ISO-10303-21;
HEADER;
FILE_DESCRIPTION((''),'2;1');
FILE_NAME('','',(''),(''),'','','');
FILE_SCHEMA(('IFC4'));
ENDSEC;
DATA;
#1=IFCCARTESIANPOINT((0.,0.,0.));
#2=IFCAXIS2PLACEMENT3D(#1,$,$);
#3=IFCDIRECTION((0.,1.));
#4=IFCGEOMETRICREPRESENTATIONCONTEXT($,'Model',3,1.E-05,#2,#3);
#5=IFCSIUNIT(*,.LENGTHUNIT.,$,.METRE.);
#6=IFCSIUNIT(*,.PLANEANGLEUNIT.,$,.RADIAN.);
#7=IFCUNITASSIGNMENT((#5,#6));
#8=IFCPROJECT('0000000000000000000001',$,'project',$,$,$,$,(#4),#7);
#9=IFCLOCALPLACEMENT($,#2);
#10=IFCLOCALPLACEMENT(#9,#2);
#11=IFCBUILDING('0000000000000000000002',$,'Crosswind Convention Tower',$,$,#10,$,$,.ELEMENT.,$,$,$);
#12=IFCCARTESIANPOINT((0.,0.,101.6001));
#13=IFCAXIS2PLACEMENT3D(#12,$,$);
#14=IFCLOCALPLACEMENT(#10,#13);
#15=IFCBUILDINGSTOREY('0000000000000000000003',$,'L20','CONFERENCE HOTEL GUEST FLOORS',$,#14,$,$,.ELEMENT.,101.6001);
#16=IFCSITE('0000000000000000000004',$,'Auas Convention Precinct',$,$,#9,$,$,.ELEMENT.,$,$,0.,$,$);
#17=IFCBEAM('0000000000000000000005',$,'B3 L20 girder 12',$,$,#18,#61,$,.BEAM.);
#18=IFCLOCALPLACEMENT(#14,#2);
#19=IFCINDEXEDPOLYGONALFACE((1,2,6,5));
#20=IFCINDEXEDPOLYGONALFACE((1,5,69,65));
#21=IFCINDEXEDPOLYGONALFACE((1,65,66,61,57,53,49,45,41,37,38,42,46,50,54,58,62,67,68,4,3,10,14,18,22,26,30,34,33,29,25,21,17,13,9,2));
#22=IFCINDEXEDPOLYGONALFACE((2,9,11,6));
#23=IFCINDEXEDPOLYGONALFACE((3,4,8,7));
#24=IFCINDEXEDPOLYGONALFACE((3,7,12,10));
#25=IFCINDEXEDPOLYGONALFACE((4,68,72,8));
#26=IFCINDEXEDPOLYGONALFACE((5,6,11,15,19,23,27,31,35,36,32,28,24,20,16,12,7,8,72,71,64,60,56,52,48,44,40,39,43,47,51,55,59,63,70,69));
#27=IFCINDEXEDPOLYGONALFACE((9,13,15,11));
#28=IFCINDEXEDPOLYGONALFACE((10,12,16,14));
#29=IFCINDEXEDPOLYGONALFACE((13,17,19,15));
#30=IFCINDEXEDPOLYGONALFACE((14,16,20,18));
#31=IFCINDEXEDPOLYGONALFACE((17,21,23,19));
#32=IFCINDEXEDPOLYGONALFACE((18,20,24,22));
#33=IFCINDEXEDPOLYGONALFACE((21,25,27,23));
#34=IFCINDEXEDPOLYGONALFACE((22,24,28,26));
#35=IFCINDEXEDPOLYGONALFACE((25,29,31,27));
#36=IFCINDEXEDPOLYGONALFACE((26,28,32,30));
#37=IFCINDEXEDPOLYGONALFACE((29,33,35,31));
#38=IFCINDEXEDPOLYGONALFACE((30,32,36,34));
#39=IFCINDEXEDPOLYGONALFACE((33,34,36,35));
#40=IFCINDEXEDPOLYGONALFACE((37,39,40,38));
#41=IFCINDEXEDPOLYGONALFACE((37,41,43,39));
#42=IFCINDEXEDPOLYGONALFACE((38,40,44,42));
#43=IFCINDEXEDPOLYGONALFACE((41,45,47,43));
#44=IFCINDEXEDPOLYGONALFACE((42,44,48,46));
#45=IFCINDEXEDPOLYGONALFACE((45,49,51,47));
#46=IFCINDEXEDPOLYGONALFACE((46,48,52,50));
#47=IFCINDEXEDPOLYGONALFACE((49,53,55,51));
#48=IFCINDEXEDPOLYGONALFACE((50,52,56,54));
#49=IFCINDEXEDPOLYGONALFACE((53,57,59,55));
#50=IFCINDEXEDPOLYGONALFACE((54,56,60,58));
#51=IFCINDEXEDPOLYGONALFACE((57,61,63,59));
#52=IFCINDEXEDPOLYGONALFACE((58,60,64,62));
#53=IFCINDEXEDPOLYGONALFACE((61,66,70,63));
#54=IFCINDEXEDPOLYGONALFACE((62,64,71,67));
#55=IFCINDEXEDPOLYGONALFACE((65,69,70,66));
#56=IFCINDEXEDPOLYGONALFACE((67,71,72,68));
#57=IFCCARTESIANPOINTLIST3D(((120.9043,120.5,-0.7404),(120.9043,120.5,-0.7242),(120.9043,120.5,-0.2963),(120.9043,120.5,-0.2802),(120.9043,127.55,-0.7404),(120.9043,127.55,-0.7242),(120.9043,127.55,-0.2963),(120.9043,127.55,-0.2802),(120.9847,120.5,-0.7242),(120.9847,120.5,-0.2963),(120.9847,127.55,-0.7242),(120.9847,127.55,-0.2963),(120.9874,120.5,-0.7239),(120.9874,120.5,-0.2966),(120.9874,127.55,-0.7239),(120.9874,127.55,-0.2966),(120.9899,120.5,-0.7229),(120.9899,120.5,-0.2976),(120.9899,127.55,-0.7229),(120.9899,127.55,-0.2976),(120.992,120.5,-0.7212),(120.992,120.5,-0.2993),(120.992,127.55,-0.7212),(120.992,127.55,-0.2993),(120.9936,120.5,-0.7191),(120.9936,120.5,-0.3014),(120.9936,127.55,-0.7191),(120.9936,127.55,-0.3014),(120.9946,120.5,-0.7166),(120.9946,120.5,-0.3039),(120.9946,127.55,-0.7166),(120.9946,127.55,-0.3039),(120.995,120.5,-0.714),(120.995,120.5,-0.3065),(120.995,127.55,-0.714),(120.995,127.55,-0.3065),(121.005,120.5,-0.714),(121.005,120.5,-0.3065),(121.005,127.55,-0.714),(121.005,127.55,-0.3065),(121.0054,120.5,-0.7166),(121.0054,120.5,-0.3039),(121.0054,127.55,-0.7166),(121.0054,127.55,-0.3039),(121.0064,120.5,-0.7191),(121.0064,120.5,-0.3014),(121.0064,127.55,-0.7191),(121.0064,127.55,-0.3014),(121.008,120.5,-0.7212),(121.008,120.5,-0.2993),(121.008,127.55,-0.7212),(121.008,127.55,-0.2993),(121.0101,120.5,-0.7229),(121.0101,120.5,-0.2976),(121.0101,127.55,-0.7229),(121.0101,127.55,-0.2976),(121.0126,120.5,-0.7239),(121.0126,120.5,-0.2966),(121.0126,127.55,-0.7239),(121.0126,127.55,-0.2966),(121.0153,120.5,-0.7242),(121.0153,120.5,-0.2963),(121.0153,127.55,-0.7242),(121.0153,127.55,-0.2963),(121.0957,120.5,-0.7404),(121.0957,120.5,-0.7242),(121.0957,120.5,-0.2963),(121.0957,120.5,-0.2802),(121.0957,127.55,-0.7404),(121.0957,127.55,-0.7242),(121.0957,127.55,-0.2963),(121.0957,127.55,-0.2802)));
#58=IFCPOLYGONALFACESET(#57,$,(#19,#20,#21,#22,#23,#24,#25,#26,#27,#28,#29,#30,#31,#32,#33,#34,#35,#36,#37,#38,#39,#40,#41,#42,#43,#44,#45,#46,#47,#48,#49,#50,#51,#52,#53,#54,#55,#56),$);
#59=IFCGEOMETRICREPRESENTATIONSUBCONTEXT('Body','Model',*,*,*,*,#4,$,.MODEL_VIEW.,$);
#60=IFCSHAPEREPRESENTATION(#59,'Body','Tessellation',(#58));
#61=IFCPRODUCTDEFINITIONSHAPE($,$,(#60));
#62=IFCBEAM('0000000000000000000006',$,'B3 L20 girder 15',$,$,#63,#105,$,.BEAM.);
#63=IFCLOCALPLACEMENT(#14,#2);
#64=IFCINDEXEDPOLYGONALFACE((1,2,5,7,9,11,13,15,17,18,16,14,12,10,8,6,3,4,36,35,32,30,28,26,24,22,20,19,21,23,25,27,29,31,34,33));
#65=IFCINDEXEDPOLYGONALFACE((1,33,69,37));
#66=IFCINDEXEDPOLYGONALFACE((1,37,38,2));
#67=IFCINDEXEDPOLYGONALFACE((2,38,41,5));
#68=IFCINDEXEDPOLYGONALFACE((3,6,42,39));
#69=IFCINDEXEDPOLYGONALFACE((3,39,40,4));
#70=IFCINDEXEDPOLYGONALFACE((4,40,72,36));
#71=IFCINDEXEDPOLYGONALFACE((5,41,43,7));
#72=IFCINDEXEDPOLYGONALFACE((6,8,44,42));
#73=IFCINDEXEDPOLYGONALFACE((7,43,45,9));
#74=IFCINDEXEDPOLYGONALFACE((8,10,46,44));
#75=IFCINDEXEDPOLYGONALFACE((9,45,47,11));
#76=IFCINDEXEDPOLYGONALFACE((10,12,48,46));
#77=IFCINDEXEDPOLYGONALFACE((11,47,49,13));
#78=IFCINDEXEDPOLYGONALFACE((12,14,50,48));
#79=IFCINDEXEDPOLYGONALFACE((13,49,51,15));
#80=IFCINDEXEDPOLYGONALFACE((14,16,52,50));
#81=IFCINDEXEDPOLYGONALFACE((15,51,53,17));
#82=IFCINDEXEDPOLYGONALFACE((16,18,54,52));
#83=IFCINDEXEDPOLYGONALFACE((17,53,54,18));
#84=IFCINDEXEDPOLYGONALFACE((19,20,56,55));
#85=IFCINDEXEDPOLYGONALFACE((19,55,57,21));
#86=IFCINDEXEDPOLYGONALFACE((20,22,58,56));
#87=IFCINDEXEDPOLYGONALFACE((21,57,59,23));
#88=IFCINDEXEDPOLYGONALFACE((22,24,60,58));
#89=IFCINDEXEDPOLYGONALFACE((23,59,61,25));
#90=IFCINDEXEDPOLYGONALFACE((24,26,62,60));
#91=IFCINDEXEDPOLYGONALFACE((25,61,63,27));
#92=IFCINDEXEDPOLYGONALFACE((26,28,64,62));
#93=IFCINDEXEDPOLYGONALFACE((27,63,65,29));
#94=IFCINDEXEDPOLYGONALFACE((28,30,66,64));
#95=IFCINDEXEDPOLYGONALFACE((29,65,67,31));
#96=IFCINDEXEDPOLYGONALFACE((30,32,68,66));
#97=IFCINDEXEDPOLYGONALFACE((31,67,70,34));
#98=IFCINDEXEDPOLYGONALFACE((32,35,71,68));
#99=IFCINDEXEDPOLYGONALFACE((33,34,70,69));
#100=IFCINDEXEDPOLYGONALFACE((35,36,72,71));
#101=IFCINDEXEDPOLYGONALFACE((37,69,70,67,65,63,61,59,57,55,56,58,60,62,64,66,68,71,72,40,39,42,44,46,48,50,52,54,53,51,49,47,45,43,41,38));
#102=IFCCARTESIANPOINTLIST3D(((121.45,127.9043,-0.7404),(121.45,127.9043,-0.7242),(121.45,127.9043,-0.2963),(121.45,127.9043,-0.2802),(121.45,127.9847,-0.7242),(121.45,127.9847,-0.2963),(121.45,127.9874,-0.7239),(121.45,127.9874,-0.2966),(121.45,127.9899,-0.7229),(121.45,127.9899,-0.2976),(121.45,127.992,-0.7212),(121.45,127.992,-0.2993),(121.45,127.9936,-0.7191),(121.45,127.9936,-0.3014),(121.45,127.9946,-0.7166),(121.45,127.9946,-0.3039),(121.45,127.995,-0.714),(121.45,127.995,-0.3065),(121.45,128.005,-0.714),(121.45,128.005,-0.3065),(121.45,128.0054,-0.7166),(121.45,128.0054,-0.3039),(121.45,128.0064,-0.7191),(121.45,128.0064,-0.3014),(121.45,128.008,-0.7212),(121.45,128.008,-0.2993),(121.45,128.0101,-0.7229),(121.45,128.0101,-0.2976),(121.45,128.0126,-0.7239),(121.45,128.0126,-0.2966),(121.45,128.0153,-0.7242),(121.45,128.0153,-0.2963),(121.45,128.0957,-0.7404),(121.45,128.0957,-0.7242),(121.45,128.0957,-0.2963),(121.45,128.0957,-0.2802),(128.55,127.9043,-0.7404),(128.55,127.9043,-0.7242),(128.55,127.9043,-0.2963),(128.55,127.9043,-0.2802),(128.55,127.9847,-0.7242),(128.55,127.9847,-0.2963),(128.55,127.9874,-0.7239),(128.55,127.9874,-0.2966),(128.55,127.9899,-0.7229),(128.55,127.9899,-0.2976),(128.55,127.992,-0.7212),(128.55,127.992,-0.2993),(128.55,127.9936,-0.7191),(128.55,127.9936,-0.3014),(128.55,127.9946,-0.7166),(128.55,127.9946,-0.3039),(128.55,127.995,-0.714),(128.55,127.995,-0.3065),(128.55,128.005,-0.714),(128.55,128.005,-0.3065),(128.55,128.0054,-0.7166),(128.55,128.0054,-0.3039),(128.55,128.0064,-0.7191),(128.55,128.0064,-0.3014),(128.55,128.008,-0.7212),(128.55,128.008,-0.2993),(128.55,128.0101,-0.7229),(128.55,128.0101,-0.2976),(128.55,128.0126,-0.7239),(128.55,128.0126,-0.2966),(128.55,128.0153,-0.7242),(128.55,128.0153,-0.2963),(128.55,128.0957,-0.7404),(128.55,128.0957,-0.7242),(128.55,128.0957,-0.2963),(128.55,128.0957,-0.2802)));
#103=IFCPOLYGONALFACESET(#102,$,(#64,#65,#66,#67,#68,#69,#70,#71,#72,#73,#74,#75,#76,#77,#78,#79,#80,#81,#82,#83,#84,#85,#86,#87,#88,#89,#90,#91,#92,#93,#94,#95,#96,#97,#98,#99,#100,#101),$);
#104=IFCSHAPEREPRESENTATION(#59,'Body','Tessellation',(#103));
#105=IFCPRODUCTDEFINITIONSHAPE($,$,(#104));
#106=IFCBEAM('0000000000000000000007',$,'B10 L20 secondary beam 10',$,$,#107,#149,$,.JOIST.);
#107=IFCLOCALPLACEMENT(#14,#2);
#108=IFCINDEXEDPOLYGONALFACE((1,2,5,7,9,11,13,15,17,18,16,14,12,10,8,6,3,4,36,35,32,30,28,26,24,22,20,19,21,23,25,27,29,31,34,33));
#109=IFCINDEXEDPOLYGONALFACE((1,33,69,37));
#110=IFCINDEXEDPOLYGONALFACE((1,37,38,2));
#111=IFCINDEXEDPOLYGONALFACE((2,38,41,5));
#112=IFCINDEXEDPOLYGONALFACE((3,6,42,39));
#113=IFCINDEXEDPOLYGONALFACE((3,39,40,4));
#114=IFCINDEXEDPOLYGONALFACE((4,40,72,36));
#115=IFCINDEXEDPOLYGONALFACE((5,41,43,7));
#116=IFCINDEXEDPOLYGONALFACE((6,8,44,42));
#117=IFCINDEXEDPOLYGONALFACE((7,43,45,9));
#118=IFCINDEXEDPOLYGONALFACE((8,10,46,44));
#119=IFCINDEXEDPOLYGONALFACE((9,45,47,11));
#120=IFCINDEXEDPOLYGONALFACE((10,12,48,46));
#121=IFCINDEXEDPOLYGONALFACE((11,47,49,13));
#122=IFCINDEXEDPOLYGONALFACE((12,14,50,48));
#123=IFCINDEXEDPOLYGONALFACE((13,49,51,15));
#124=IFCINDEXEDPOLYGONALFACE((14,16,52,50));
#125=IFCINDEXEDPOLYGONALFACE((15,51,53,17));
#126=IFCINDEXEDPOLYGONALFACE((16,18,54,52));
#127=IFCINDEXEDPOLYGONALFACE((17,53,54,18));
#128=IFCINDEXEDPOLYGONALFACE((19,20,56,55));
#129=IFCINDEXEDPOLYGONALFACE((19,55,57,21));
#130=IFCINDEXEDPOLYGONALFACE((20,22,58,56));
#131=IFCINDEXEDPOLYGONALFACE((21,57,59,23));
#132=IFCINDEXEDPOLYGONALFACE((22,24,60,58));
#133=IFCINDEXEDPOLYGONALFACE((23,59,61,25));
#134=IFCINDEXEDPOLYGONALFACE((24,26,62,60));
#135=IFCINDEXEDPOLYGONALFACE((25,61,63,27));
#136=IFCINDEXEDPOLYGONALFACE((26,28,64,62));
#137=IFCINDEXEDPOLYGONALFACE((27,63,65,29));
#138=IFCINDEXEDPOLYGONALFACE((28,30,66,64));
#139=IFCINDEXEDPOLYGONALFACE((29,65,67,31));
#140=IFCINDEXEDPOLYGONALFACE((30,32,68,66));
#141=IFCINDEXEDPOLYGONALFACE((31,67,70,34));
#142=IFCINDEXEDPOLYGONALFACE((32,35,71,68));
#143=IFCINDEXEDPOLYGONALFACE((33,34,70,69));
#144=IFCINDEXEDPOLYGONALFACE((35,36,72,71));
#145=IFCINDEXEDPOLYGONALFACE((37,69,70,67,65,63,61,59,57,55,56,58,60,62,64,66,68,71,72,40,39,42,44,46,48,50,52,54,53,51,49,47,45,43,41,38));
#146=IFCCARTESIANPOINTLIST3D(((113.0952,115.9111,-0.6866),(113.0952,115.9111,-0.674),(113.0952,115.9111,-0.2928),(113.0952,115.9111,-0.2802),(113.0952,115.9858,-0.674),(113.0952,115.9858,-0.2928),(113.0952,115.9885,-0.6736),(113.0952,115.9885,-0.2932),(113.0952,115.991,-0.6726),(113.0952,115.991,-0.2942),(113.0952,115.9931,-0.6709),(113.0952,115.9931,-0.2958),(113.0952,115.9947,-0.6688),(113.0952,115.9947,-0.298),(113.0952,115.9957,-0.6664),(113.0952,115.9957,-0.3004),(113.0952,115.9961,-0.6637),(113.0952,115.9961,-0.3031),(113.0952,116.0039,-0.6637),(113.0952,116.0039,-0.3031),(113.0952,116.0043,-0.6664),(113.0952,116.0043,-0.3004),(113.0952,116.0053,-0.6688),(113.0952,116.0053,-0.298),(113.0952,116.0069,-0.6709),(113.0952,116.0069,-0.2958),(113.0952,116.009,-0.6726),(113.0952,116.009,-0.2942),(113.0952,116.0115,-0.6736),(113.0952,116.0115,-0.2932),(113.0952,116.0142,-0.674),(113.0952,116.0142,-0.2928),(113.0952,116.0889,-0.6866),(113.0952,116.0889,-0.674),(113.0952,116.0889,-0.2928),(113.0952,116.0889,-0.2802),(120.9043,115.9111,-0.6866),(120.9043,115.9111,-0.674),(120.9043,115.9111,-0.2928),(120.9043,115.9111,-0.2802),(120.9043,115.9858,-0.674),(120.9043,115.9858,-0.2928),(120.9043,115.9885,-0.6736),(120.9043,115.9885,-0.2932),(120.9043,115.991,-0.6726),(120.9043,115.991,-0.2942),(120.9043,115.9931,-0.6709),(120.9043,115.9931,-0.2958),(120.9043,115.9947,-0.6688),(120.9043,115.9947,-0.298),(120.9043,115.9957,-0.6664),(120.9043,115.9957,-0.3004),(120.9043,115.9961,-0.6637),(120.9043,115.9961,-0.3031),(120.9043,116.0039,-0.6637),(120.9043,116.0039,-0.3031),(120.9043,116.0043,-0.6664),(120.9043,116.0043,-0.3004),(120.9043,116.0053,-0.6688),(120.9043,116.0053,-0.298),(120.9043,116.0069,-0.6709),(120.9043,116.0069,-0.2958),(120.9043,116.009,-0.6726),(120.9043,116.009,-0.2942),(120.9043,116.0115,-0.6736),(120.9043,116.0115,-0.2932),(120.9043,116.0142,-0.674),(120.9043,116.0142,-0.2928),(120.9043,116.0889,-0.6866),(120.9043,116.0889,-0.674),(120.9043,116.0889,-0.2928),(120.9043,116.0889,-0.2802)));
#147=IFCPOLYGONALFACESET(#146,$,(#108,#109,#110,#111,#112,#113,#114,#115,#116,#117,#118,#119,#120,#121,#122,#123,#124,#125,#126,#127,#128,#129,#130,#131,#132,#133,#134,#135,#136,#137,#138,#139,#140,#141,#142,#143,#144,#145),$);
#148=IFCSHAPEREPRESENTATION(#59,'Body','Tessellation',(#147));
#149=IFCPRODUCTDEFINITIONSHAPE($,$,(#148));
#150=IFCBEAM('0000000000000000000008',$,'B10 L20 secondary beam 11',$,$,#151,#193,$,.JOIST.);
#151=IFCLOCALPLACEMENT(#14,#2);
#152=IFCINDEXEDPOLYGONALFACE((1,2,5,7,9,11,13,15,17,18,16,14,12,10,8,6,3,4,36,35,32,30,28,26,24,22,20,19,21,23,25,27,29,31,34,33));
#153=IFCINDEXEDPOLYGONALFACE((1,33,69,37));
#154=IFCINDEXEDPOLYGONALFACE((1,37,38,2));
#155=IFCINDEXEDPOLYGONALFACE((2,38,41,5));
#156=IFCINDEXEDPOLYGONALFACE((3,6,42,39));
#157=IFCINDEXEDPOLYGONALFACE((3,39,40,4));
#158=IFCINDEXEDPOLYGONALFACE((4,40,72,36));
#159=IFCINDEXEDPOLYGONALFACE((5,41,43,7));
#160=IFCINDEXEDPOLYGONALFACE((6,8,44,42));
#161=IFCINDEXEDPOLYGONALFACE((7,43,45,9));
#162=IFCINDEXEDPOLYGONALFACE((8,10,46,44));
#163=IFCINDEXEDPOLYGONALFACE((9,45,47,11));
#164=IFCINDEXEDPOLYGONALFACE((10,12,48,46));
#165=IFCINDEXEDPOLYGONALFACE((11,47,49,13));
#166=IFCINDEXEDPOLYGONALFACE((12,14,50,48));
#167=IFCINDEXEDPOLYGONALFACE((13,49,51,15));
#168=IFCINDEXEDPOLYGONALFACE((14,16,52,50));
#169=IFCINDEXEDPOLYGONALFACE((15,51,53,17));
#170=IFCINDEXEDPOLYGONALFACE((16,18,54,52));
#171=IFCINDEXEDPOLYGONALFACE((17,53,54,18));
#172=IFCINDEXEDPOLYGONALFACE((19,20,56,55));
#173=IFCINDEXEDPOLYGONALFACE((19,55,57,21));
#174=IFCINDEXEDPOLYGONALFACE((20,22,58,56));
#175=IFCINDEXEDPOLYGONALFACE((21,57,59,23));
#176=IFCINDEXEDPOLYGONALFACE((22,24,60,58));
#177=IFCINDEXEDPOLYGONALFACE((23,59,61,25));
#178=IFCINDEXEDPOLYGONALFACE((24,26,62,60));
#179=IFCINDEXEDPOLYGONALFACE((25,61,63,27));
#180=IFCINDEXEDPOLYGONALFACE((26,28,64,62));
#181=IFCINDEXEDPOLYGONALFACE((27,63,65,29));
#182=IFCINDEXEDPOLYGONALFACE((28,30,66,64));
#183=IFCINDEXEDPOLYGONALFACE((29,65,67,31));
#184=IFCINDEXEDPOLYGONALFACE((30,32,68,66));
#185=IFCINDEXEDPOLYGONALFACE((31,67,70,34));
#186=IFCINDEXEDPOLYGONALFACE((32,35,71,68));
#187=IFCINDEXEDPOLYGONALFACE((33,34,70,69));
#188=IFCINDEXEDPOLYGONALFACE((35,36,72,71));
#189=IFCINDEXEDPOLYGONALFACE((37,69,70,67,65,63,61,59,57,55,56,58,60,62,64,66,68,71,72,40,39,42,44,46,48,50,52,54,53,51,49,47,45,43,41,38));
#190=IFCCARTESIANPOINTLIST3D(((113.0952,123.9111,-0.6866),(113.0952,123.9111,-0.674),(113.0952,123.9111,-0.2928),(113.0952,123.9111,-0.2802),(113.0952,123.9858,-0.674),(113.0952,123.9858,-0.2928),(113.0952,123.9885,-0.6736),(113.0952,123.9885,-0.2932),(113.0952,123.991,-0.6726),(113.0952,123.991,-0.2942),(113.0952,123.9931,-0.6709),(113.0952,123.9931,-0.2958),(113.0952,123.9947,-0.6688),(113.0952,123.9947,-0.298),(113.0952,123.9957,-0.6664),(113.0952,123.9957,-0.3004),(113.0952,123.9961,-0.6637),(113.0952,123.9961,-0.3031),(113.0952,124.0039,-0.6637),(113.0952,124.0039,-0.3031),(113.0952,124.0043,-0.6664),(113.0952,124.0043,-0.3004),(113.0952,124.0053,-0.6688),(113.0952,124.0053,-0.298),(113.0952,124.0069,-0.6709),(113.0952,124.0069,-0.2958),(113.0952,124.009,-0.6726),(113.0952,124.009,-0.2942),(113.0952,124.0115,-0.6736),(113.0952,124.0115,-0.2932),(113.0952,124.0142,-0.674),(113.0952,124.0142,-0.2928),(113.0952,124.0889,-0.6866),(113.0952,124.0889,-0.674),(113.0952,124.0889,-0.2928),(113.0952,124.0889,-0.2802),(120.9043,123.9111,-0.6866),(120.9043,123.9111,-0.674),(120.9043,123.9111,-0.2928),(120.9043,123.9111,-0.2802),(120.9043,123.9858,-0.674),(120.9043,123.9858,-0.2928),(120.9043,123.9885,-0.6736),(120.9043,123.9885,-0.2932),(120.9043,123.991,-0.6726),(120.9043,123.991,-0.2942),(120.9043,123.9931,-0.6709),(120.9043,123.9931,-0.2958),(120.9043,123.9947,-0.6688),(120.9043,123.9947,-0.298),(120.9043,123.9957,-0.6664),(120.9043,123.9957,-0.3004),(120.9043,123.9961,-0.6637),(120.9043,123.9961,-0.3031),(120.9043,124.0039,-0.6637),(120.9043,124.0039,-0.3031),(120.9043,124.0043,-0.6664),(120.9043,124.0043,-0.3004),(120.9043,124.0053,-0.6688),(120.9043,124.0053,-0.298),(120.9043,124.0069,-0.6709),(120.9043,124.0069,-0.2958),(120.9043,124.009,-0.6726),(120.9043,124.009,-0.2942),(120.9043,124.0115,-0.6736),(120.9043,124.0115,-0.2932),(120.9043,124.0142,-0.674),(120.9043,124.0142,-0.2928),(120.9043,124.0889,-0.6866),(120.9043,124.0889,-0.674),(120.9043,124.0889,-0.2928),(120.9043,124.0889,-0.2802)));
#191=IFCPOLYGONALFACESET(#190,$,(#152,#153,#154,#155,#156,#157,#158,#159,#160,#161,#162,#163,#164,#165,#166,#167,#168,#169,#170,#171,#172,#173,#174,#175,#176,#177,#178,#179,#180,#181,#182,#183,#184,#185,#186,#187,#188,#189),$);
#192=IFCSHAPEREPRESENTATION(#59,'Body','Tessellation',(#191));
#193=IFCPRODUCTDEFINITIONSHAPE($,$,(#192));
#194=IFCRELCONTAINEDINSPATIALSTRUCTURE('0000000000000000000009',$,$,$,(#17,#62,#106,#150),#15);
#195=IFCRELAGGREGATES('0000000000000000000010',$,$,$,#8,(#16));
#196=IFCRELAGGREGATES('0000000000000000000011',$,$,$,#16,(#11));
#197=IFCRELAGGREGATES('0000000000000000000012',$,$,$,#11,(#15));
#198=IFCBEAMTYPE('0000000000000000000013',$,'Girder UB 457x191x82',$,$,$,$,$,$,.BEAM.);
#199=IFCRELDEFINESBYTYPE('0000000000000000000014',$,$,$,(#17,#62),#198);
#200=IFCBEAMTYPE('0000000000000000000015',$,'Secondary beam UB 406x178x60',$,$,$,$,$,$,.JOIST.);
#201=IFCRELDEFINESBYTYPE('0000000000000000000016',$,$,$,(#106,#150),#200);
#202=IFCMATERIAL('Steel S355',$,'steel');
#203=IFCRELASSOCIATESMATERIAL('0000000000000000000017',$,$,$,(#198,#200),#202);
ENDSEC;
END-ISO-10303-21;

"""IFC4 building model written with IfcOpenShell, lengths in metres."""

from ifc_helpers import new_model, si_unit, direction, frame, origin, origin_2d, place, context, subcontext, project, spatial, i_section, extrude, material, material_profile, profile_set, type_object, element, save


model = new_model("IFC4")

# Units and contexts
model_context = context("Model", 3, precision=1e-05, world=origin(), true_north=direction((0.0, 1.0)))
body_context = subcontext(model_context, "Body", "Model", "MODEL_VIEW")
ifc_project = project(units=[si_unit("LENGTHUNIT", "METRE"), si_unit("PLANEANGLEUNIT", "RADIAN")], contexts=[model_context])

# Site, building, storey
site_placement = place(None, origin())
site = spatial("IfcSite", under=ifc_project, at=site_placement, Name="Auas Convention Precinct", CompositionType="ELEMENT", RefElevation=0.0)
building_placement = place(site_placement, origin())
building = spatial("IfcBuilding", under=site, at=building_placement, Name="Crosswind Convention Tower", CompositionType="ELEMENT")
storey_placement = place(building_placement, frame((0.0, 0.0, 101.6001)))
storey = spatial("IfcBuildingStorey", under=building, at=storey_placement, Name="L20", Description="CONFERENCE HOTEL GUEST FLOORS", CompositionType="ELEMENT", Elevation=101.6001)

# Beams
ifc_material_1 = material(Name="Steel S355", Category="steel")
ifc_material_profile_1 = material_profile(ifc_material_1, i_section(OverallWidth=0.1914, OverallDepth=0.4602, WebThickness=0.01, FlangeThickness=0.0161, FilletRadius=0.0103, at=origin_2d()), Name="UB 457x191x82")
ifc_profile_set_1 = profile_set([ifc_material_profile_1], Name="Steel S355")
beam_type_1 = type_object("IfcBeamType", Name="Girder UB 457x191x82", PredefinedType="BEAM", material=ifc_profile_set_1)
beam_1_placement = place(storey_placement, frame((121.0, 120.5, -0.5103), z_axis=(0.0, 1.0, 0.0), x_axis=(-1.0, 0.0, 0.0)))
element("IfcBeam", 1, at=beam_1_placement, inside=storey, type_object=beam_type_1, Name="B3 L20 girder 12", PredefinedType="BEAM", context=body_context, shape_type="SweptSolid", body=[
    extrude(i_section(OverallWidth=0.1914, OverallDepth=0.4602, WebThickness=0.01, FlangeThickness=0.0161, FilletRadius=0.0103, at=origin_2d()), origin(), (0.0, 0.0, 1.0), 7.05),
])
beam_2_placement = place(storey_placement, frame((121.45, 128.0, -0.5103), z_axis=(1.0, 0.0, 0.0), x_axis=(0.0, 1.0, 0.0)))
element("IfcBeam", 2, at=beam_2_placement, inside=storey, type_object=beam_type_1, Name="B3 L20 girder 15", PredefinedType="BEAM", context=body_context, shape_type="SweptSolid", body=[
    extrude(i_section(OverallWidth=0.1914, OverallDepth=0.4602, WebThickness=0.01, FlangeThickness=0.0161, FilletRadius=0.0103, at=origin_2d()), origin(), (0.0, 0.0, 1.0), 7.1001),
])
ifc_material_profile_2 = material_profile(ifc_material_1, i_section(OverallWidth=0.1777, OverallDepth=0.4065, WebThickness=0.0078, FlangeThickness=0.0127, FilletRadius=0.0103, at=origin_2d()), Name="UB 406x178x60")
ifc_profile_set_2 = profile_set([ifc_material_profile_2], Name="Steel S355")
beam_type_2 = type_object("IfcBeamType", Name="Secondary beam UB 406x178x60", PredefinedType="JOIST", material=ifc_profile_set_2)
for number, where, z_axis, x_axis, name in (
    (3, (113.0952, 116.0, -0.4834), (1.0, 0.0, 0.0), (0.0, 1.0, 0.0), "B10 L20 secondary beam 10"),
    (4, (113.0952, 124.0, -0.4834), (1.0, 0.0, 0.0), (0.0, 1.0, 0.0), "B10 L20 secondary beam 11"),
):
    element("IfcBeam", number, at=place(storey_placement, frame(where, z_axis=z_axis, x_axis=x_axis)), inside=storey, type_object=beam_type_2, Name=name, PredefinedType="JOIST", context=body_context, shape_type="SweptSolid", body=[
        extrude(i_section(OverallWidth=0.1777, OverallDepth=0.4065, WebThickness=0.0078, FlangeThickness=0.0127, FilletRadius=0.0103, at=origin_2d()), origin(), (0.0, 0.0, 1.0), 7.8091),
    ])

save(model, "model.ifc")
